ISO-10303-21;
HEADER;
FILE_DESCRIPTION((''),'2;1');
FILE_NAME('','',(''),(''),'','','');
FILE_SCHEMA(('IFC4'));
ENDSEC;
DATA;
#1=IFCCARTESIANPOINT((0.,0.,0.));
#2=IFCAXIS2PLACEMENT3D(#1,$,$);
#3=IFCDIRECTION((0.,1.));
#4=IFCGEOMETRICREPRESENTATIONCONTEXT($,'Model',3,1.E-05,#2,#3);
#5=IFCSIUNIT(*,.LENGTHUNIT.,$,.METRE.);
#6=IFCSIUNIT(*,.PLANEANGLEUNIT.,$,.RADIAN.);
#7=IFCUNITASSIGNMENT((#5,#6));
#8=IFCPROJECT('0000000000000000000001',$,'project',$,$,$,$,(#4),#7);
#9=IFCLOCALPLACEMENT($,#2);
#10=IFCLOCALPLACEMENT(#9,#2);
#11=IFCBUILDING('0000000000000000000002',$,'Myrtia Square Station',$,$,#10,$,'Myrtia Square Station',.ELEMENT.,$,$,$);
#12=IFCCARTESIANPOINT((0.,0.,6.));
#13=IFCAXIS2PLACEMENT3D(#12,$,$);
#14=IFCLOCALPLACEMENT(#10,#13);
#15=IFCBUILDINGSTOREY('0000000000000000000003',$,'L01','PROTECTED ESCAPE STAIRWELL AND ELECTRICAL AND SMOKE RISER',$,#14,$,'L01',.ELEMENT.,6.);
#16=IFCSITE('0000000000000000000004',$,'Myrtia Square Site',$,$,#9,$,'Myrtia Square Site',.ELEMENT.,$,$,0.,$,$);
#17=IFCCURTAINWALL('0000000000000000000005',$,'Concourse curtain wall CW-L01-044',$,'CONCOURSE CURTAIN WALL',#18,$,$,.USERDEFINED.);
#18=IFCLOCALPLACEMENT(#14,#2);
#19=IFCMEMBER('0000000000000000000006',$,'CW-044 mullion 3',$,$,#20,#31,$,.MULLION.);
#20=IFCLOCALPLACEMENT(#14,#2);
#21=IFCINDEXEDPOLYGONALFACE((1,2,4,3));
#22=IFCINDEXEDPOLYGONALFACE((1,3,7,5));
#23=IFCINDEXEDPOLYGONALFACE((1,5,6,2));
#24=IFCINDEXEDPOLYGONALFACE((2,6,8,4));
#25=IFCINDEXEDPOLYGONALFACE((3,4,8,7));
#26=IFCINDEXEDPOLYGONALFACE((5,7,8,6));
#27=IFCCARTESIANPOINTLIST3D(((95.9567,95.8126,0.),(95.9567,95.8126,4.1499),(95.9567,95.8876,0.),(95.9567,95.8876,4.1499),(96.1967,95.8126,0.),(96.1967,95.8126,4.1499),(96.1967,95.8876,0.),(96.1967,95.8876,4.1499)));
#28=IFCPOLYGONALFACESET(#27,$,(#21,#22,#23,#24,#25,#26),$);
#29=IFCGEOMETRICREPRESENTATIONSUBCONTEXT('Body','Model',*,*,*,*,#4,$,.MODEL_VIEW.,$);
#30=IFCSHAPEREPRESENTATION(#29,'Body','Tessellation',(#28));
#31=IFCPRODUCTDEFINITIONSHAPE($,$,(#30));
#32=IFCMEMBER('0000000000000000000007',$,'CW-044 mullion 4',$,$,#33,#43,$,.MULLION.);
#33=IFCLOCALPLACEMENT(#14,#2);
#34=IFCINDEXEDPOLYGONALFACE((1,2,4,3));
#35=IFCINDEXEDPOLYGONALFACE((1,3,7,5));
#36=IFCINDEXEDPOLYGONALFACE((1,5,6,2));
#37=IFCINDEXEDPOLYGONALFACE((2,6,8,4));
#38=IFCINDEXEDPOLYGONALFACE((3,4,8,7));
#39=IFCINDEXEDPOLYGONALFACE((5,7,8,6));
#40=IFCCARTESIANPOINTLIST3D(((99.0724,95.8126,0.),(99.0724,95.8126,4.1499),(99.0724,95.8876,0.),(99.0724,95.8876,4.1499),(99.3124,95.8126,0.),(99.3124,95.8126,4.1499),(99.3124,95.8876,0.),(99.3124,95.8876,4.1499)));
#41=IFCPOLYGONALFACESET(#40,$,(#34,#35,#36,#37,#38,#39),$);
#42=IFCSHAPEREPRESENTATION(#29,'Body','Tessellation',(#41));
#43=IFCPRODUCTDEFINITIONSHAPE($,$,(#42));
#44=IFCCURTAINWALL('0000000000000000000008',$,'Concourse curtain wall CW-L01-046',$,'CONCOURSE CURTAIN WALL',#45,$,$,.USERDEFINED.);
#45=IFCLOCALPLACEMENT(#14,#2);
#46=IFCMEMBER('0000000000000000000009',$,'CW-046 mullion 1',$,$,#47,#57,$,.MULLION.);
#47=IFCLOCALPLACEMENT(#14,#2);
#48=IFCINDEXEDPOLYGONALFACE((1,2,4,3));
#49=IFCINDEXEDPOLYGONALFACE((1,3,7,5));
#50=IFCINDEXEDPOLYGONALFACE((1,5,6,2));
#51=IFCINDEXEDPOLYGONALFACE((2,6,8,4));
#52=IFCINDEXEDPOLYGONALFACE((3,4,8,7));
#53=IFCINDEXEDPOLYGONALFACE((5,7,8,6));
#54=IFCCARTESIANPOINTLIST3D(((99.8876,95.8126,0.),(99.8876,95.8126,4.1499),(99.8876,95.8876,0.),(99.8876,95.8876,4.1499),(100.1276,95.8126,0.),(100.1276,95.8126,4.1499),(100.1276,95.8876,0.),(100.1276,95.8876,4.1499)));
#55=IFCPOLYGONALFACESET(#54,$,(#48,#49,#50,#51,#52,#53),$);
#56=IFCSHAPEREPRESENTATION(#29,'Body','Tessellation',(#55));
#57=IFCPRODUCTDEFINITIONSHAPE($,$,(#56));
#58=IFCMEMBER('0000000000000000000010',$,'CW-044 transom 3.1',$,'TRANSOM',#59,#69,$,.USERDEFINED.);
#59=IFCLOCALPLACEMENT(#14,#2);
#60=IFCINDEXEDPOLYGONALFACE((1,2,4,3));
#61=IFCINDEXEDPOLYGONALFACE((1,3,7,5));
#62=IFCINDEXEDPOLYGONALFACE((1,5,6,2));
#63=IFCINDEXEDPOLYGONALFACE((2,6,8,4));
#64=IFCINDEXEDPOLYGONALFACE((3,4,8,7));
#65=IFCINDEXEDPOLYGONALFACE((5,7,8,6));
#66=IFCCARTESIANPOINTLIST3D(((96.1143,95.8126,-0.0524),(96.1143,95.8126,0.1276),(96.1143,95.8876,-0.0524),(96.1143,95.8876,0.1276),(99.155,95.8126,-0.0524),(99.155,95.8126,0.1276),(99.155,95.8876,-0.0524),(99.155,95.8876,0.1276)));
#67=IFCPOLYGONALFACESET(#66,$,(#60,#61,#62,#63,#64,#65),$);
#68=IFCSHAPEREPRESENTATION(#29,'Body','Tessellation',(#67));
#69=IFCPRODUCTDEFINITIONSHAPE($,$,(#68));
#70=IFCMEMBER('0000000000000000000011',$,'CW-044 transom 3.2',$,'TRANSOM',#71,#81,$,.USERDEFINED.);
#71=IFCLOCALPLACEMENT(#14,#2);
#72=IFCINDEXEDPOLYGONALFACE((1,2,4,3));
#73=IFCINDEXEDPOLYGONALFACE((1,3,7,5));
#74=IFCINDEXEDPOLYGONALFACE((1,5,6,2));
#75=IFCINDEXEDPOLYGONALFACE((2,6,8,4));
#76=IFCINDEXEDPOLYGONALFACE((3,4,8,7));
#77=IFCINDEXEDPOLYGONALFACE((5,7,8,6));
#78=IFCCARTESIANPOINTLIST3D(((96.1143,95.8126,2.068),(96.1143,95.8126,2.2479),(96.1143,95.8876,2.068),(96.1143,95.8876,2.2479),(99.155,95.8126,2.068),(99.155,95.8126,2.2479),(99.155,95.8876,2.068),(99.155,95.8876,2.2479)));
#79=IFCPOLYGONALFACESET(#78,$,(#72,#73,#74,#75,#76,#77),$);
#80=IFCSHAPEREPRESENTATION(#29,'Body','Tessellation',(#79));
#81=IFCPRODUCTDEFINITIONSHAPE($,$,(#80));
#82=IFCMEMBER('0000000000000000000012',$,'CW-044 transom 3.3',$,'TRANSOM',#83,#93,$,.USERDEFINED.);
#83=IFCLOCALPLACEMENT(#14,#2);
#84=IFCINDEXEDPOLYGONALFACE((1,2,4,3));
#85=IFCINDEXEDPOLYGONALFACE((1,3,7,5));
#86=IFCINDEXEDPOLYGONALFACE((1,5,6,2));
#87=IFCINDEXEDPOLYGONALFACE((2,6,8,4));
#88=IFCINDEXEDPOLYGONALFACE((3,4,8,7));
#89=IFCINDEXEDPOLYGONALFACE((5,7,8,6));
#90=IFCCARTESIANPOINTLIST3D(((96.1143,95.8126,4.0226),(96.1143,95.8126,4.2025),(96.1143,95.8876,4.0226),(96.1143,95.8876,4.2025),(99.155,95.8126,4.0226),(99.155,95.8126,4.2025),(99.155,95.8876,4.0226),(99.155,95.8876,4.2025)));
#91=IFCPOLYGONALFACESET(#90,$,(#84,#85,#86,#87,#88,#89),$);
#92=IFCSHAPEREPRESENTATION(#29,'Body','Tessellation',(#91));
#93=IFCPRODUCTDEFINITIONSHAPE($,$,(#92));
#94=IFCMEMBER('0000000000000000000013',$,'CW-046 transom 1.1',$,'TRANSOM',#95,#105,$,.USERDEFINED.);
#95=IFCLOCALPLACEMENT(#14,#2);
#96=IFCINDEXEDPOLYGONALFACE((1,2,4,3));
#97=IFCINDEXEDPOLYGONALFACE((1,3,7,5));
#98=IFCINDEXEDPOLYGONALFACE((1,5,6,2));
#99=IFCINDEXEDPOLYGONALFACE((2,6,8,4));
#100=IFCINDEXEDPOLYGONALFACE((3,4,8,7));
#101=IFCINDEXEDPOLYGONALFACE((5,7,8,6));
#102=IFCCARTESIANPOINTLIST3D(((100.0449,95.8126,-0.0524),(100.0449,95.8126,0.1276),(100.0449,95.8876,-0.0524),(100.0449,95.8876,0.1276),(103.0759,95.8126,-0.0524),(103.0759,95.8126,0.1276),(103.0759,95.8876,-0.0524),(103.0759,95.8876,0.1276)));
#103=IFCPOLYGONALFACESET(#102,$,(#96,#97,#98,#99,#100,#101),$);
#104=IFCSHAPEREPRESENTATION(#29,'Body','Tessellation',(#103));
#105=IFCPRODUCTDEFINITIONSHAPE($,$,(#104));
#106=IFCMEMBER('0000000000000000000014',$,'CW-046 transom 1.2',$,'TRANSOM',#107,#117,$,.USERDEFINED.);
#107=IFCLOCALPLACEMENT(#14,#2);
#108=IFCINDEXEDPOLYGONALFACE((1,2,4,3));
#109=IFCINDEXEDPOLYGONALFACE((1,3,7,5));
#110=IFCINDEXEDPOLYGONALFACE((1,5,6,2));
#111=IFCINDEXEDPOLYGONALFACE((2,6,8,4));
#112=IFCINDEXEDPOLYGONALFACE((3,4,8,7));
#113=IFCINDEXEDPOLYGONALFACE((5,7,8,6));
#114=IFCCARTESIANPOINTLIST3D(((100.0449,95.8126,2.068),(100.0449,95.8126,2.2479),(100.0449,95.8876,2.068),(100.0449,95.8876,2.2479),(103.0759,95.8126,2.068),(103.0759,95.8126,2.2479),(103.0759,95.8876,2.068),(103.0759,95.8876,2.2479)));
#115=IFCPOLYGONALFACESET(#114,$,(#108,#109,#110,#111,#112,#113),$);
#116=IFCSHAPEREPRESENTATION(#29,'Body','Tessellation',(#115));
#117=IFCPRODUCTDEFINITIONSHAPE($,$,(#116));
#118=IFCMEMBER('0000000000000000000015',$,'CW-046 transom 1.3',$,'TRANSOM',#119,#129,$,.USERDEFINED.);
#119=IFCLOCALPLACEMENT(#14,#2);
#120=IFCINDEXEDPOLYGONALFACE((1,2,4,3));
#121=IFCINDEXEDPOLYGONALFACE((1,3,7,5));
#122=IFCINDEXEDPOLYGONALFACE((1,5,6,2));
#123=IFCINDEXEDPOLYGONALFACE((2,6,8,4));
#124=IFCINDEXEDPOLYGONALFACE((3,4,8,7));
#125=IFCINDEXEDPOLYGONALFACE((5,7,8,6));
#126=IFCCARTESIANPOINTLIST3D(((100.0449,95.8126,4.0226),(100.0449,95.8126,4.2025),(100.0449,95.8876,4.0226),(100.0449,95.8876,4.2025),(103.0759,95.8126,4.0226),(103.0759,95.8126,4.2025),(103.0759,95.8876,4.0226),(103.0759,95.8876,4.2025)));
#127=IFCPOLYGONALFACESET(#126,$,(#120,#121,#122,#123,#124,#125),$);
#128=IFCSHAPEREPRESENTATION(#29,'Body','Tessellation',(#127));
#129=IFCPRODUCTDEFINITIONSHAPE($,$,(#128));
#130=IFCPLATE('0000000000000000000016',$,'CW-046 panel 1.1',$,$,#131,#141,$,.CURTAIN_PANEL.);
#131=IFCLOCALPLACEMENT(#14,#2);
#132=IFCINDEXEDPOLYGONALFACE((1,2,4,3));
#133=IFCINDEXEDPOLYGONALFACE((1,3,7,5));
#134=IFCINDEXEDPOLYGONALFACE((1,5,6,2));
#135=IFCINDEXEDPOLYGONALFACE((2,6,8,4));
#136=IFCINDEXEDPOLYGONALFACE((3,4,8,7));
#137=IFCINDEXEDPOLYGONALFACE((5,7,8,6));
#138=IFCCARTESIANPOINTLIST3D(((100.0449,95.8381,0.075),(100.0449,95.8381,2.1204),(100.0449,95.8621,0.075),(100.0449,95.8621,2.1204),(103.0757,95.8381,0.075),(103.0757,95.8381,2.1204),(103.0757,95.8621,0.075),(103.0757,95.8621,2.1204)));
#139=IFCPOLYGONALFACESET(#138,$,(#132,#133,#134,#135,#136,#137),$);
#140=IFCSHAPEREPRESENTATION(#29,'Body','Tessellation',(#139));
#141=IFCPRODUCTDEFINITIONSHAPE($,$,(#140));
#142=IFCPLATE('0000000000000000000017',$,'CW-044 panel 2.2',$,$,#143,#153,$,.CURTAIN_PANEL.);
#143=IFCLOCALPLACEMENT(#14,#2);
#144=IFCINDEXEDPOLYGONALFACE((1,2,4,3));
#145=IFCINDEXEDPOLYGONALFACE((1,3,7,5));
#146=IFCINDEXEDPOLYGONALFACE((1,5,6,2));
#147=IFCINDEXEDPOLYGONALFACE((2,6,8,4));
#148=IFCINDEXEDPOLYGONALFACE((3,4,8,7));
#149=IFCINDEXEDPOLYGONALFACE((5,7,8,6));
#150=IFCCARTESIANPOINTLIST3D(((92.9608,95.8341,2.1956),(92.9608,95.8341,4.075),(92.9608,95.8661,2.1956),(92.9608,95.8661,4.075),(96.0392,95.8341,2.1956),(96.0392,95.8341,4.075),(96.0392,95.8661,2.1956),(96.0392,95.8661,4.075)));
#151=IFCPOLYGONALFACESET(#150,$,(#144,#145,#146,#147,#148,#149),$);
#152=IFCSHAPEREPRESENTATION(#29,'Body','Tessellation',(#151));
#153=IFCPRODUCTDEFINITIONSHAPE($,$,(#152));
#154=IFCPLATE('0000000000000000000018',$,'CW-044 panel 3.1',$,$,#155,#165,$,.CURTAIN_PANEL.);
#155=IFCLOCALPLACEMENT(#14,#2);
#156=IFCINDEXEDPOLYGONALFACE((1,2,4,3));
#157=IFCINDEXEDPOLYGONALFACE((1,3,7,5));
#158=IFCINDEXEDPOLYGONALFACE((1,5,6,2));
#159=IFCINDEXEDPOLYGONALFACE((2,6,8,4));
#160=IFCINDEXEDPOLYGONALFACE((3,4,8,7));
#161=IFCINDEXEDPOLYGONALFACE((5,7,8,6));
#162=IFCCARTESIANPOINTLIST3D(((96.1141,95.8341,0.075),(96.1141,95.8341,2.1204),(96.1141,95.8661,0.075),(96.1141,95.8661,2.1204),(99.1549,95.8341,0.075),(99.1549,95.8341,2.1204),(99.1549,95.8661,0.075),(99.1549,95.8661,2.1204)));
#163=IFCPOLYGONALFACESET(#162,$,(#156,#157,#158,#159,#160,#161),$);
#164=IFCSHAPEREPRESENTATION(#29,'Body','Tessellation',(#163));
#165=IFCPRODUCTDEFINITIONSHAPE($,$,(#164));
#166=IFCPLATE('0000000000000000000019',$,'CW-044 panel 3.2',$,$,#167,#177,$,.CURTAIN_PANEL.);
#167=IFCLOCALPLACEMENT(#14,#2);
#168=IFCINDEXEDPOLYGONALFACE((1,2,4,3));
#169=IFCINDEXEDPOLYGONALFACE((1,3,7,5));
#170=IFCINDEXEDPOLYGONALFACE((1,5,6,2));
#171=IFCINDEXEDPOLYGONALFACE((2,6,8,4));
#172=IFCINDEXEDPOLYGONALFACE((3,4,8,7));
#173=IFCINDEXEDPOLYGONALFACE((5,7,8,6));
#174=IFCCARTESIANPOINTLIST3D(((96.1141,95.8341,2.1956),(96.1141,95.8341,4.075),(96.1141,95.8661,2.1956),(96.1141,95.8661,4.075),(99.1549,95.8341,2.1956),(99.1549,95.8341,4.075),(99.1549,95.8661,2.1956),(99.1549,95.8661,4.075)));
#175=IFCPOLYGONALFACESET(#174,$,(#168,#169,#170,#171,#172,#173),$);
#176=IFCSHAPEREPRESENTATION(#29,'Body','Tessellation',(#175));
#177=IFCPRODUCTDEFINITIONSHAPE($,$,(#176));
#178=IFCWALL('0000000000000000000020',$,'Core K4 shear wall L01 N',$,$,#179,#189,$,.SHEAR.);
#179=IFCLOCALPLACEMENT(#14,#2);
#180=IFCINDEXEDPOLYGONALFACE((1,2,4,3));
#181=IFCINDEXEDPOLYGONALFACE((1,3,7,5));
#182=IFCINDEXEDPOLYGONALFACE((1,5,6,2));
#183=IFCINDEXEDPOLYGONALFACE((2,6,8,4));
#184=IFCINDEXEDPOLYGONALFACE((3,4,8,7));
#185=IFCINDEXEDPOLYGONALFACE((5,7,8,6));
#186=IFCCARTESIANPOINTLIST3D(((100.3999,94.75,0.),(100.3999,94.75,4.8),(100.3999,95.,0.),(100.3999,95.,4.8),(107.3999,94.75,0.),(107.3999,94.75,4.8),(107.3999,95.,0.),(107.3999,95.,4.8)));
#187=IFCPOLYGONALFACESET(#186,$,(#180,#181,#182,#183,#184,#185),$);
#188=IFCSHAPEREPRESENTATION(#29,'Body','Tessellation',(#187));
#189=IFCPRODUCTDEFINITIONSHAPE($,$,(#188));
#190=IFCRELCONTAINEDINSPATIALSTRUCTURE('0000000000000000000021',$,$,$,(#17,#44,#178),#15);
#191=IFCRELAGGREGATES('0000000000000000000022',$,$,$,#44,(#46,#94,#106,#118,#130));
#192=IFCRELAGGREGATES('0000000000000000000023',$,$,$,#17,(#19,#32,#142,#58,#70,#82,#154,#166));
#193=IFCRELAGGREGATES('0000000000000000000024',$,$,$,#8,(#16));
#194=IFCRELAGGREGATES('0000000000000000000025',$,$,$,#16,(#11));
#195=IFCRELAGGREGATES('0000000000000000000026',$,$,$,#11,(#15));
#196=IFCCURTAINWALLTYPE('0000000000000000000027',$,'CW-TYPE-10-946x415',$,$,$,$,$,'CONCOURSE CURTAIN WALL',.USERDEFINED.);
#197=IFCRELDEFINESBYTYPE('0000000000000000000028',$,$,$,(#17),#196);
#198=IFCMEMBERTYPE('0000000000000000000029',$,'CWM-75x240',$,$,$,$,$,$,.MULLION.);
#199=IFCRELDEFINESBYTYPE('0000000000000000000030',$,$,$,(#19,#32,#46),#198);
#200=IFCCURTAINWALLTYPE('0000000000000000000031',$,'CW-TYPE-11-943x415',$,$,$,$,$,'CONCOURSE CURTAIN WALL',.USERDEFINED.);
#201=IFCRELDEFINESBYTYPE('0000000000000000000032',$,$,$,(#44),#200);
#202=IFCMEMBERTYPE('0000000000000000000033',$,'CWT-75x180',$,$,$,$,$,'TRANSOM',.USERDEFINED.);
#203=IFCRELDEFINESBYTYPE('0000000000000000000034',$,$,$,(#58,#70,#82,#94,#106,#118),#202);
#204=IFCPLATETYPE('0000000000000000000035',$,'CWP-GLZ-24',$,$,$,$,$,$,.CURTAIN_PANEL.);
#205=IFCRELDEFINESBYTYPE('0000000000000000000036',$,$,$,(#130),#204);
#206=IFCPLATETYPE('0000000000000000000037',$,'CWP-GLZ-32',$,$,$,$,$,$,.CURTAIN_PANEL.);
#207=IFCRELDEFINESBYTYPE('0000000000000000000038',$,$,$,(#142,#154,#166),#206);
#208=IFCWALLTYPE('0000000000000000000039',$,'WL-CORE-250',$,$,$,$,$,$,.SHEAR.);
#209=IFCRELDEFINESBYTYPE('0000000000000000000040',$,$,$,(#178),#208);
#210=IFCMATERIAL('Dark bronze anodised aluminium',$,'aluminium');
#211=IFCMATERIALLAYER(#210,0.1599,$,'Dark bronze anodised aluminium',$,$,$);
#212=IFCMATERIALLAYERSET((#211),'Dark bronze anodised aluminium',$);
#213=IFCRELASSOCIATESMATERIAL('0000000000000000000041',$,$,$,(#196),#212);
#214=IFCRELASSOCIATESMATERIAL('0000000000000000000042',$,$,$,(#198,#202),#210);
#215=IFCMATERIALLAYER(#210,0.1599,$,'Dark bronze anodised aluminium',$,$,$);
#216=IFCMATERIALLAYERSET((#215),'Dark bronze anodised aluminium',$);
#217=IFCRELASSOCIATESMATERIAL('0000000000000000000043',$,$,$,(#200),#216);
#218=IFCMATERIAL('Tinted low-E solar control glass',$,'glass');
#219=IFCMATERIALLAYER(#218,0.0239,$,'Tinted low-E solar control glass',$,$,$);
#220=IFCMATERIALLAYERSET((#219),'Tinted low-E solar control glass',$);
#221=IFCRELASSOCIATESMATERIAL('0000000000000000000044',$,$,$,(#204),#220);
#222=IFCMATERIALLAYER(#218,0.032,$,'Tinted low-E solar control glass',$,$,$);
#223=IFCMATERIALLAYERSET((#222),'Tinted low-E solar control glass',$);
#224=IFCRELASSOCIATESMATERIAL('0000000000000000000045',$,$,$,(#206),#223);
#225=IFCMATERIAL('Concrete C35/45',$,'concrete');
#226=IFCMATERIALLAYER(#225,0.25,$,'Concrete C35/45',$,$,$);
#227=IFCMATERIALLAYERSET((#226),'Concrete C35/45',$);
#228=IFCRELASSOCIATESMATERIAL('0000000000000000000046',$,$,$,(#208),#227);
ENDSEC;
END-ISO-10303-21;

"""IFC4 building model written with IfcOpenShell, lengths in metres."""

from ifc_helpers import new_model, si_unit, direction, frame, frame_2d, origin, origin_2d, place, context, subcontext, project, spatial, rectangle, extrude, material, layer, layer_set, material_profile, profile_set, type_object, element, aggregate, save


model = new_model("IFC4")

# Units and contexts
model_context = context("Model", 3, precision=1e-05, world=origin(), true_north=direction((0.0, 1.0)))
body_context = subcontext(model_context, "Body", "Model", "MODEL_VIEW")
ifc_project = project(units=[si_unit("LENGTHUNIT", "METRE"), si_unit("PLANEANGLEUNIT", "RADIAN")], contexts=[model_context])

# Site, building, storey
site_placement = place(None, origin())
site = spatial("IfcSite", under=ifc_project, at=site_placement, Name="Myrtia Square Site", LongName="Myrtia Square Site", CompositionType="ELEMENT", RefElevation=0.0)
building_placement = place(site_placement, origin())
building = spatial("IfcBuilding", under=site, at=building_placement, Name="Myrtia Square Station", LongName="Myrtia Square Station", CompositionType="ELEMENT")
storey_placement = place(building_placement, frame((0.0, 0.0, 6.0)))
storey = spatial("IfcBuildingStorey", under=building, at=storey_placement, Name="L01", Description="PROTECTED ESCAPE STAIRWELL AND ELECTRICAL AND SMOKE RISER", LongName="L01", CompositionType="ELEMENT", Elevation=6.0)

# Curtain wall, members
ifc_material_1 = material(Name="Dark bronze anodised aluminium", Category="aluminium")
ifc_layer_1 = layer(ifc_material_1, 0.1599, Name="Dark bronze anodised aluminium")
ifc_layer_set_1 = layer_set([ifc_layer_1], Name="Dark bronze anodised aluminium")
curtain_wall_type_1 = type_object("IfcCurtainWallType", Name="CW-TYPE-10-946x415", ElementType="CONCOURSE CURTAIN WALL", PredefinedType="USERDEFINED", material=ifc_layer_set_1)
curtain_wall_1_placement = place(storey_placement, origin())
curtain_wall_1 = element("IfcCurtainWall", 1, at=curtain_wall_1_placement, inside=storey, type_object=curtain_wall_type_1, Name="Concourse curtain wall CW-L01-044", ObjectType="CONCOURSE CURTAIN WALL", PredefinedType="USERDEFINED")
ifc_material_profile_1 = material_profile(ifc_material_1, rectangle(XDim=0.075, YDim=0.24, at=origin_2d()), Name="ALU-M 75x240")
ifc_profile_set_1 = profile_set([ifc_material_profile_1], Name="Dark bronze anodised aluminium")
member_type_1 = type_object("IfcMemberType", Name="CWM-75x240", PredefinedType="MULLION", material=ifc_profile_set_1)
member_1_placement = place(storey_placement, frame((96.0767, 95.8501, 0.0), z_axis=(0.0, 0.0, 1.0), x_axis=(0.0, 1.0, 0.0)))
member_1 = element("IfcMember", 2, at=member_1_placement, type_object=member_type_1, Name="CW-044 mullion 3", PredefinedType="MULLION", context=body_context, shape_type="SweptSolid", body=[
    extrude(rectangle(XDim=0.075, YDim=0.24, at=origin_2d()), origin(), (0.0, 0.0, 1.0), 4.1499),
])
member_2_placement = place(storey_placement, frame((99.1924, 95.8501, 0.0), z_axis=(0.0, 0.0, 1.0), x_axis=(0.0, 1.0, 0.0)))
member_2 = element("IfcMember", 3, at=member_2_placement, type_object=member_type_1, Name="CW-044 mullion 4", PredefinedType="MULLION", context=body_context, shape_type="SweptSolid", body=[
    extrude(rectangle(XDim=0.075, YDim=0.24, at=origin_2d()), origin(), (0.0, 0.0, 1.0), 4.1499),
])

# Curtain wall, member
ifc_layer_2 = layer(ifc_material_1, 0.1599, Name="Dark bronze anodised aluminium")
ifc_layer_set_2 = layer_set([ifc_layer_2], Name="Dark bronze anodised aluminium")
curtain_wall_type_2 = type_object("IfcCurtainWallType", Name="CW-TYPE-11-943x415", ElementType="CONCOURSE CURTAIN WALL", PredefinedType="USERDEFINED", material=ifc_layer_set_2)
curtain_wall_2_placement = place(storey_placement, origin())
curtain_wall_2 = element("IfcCurtainWall", 4, at=curtain_wall_2_placement, inside=storey, type_object=curtain_wall_type_2, Name="Concourse curtain wall CW-L01-046", ObjectType="CONCOURSE CURTAIN WALL", PredefinedType="USERDEFINED")
member_3_placement = place(storey_placement, frame((100.0076, 95.8501, 0.0), z_axis=(0.0, 0.0, 1.0), x_axis=(0.0, 1.0, 0.0)))
member_3 = element("IfcMember", 5, at=member_3_placement, type_object=member_type_1, Name="CW-046 mullion 1", PredefinedType="MULLION", context=body_context, shape_type="SweptSolid", body=[
    extrude(rectangle(XDim=0.075, YDim=0.24, at=origin_2d()), origin(), (0.0, 0.0, 1.0), 4.1499),
])

# Members
ifc_material_profile_2 = material_profile(ifc_material_1, rectangle(XDim=0.075, YDim=0.1799, at=origin_2d()), Name="ALU-T 75x180")
ifc_profile_set_2 = profile_set([ifc_material_profile_2], Name="Dark bronze anodised aluminium")
member_type_2 = type_object("IfcMemberType", Name="CWT-75x180", ElementType="TRANSOM", PredefinedType="USERDEFINED", material=ifc_profile_set_2)
member_4_placement = place(storey_placement, frame((96.1143, 95.8501, 0.0376), z_axis=(1.0, 0.0, 0.0), x_axis=(0.0, 1.0, 0.0)))
member_4 = element("IfcMember", 6, at=member_4_placement, type_object=member_type_2, Name="CW-044 transom 3.1", ObjectType="TRANSOM", PredefinedType="USERDEFINED", context=body_context, shape_type="SweptSolid", body=[
    extrude(rectangle(XDim=0.075, YDim=0.1799, at=origin_2d()), origin(), (0.0, 0.0, 1.0), 3.0408),
])
member_5_placement = place(storey_placement, frame((96.1143, 95.8501, 2.158), z_axis=(1.0, 0.0, 0.0), x_axis=(0.0, 1.0, 0.0)))
member_5 = element("IfcMember", 7, at=member_5_placement, type_object=member_type_2, Name="CW-044 transom 3.2", ObjectType="TRANSOM", PredefinedType="USERDEFINED", context=body_context, shape_type="SweptSolid", body=[
    extrude(rectangle(XDim=0.075, YDim=0.1799, at=origin_2d()), origin(), (0.0, 0.0, 1.0), 3.0408),
])
member_6_placement = place(storey_placement, frame((96.1143, 95.8501, 4.1125), z_axis=(1.0, 0.0, 0.0), x_axis=(0.0, 1.0, 0.0)))
member_6 = element("IfcMember", 8, at=member_6_placement, type_object=member_type_2, Name="CW-044 transom 3.3", ObjectType="TRANSOM", PredefinedType="USERDEFINED", context=body_context, shape_type="SweptSolid", body=[
    extrude(rectangle(XDim=0.075, YDim=0.1799, at=origin_2d()), origin(), (0.0, 0.0, 1.0), 3.0408),
])
member_7_placement = place(storey_placement, frame((100.0449, 95.8501, 0.0376), z_axis=(1.0, 0.0, 0.0), x_axis=(0.0, 1.0, 0.0)))
member_7 = element("IfcMember", 9, at=member_7_placement, type_object=member_type_2, Name="CW-046 transom 1.1", ObjectType="TRANSOM", PredefinedType="USERDEFINED", context=body_context, shape_type="SweptSolid", body=[
    extrude(rectangle(XDim=0.075, YDim=0.1799, at=origin_2d()), origin(), (0.0, 0.0, 1.0), 3.031),
])
member_8_placement = place(storey_placement, frame((100.0449, 95.8501, 2.158), z_axis=(1.0, 0.0, 0.0), x_axis=(0.0, 1.0, 0.0)))
member_8 = element("IfcMember", 10, at=member_8_placement, type_object=member_type_2, Name="CW-046 transom 1.2", ObjectType="TRANSOM", PredefinedType="USERDEFINED", context=body_context, shape_type="SweptSolid", body=[
    extrude(rectangle(XDim=0.075, YDim=0.1799, at=origin_2d()), origin(), (0.0, 0.0, 1.0), 3.031),
])
member_9_placement = place(storey_placement, frame((100.0449, 95.8501, 4.1125), z_axis=(1.0, 0.0, 0.0), x_axis=(0.0, 1.0, 0.0)))
member_9 = element("IfcMember", 11, at=member_9_placement, type_object=member_type_2, Name="CW-046 transom 1.3", ObjectType="TRANSOM", PredefinedType="USERDEFINED", context=body_context, shape_type="SweptSolid", body=[
    extrude(rectangle(XDim=0.075, YDim=0.1799, at=origin_2d()), origin(), (0.0, 0.0, 1.0), 3.031),
])

# Plates
ifc_material_2 = material(Name="Tinted low-E solar control glass", Category="glass")
ifc_layer_3 = layer(ifc_material_2, 0.0239, Name="Tinted low-E solar control glass")
ifc_layer_set_3 = layer_set([ifc_layer_3], Name="Tinted low-E solar control glass")
plate_type_1 = type_object("IfcPlateType", Name="CWP-GLZ-24", PredefinedType="CURTAIN_PANEL", material=ifc_layer_set_3)
plate_1_placement = place(storey_placement, frame((101.5603, 95.8501, 0.075), z_axis=(0.0, 0.0, 1.0), x_axis=(1.0, 0.0, 0.0)))
plate_1 = element("IfcPlate", 12, at=plate_1_placement, type_object=plate_type_1, Name="CW-046 panel 1.1", PredefinedType="CURTAIN_PANEL", context=body_context, shape_type="SweptSolid", body=[
    extrude(rectangle(XDim=3.0308, YDim=0.0239, at=origin_2d()), origin(), (0.0, 0.0, 1.0), 2.0454),
])
aggregate(curtain_wall_2, [member_3, member_7, member_8, member_9, plate_1])
ifc_layer_4 = layer(ifc_material_2, 0.032, Name="Tinted low-E solar control glass")
ifc_layer_set_4 = layer_set([ifc_layer_4], Name="Tinted low-E solar control glass")
plate_type_2 = type_object("IfcPlateType", Name="CWP-GLZ-32", PredefinedType="CURTAIN_PANEL", material=ifc_layer_set_4)
plate_2_placement = place(storey_placement, frame((94.5, 95.8501, 2.1956), z_axis=(0.0, 0.0, 1.0), x_axis=(1.0, 0.0, 0.0)))
plate_2 = element("IfcPlate", 13, at=plate_2_placement, type_object=plate_type_2, Name="CW-044 panel 2.2", PredefinedType="CURTAIN_PANEL", context=body_context, shape_type="SweptSolid", body=[
    extrude(rectangle(XDim=3.0784, YDim=0.032, at=origin_2d()), origin(), (0.0, 0.0, 1.0), 1.8794),
])
plate_3_placement = place(storey_placement, frame((97.6345, 95.8501, 0.075), z_axis=(0.0, 0.0, 1.0), x_axis=(1.0, 0.0, 0.0)))
plate_3 = element("IfcPlate", 14, at=plate_3_placement, type_object=plate_type_2, Name="CW-044 panel 3.1", PredefinedType="CURTAIN_PANEL", context=body_context, shape_type="SweptSolid", body=[
    extrude(rectangle(XDim=3.0408, YDim=0.032, at=origin_2d()), origin(), (0.0, 0.0, 1.0), 2.0454),
])
plate_4_placement = place(storey_placement, frame((97.6345, 95.8501, 2.1956), z_axis=(0.0, 0.0, 1.0), x_axis=(1.0, 0.0, 0.0)))
plate_4 = element("IfcPlate", 15, at=plate_4_placement, type_object=plate_type_2, Name="CW-044 panel 3.2", PredefinedType="CURTAIN_PANEL", context=body_context, shape_type="SweptSolid", body=[
    extrude(rectangle(XDim=3.0408, YDim=0.032, at=origin_2d()), origin(), (0.0, 0.0, 1.0), 1.8794),
])
aggregate(curtain_wall_1, [member_1, member_2, plate_2, member_4, member_5, member_6, plate_3, plate_4])

# Wall
ifc_material_3 = material(Name="Concrete C35/45", Category="concrete")
ifc_layer_5 = layer(ifc_material_3, 0.25, Name="Concrete C35/45")
ifc_layer_set_5 = layer_set([ifc_layer_5], Name="Concrete C35/45")
wall_type_1 = type_object("IfcWallType", Name="WL-CORE-250", PredefinedType="SHEAR", material=ifc_layer_set_5)
wall_1_placement = place(storey_placement, frame((100.3999, 94.875, 0.0), z_axis=(0.0, 0.0, 1.0), x_axis=(1.0, 0.0, 0.0)))
element("IfcWall", 16, at=wall_1_placement, inside=storey, type_object=wall_type_1, Name="Core K4 shear wall L01 N", PredefinedType="SHEAR", context=body_context, shape_type="SweptSolid", body=[
    extrude(rectangle(XDim=7.0, YDim=0.25, at=frame_2d((3.5, 0.0))), origin(), (0.0, 0.0, 1.0), 4.8),
])

save(model, "model.ifc")
